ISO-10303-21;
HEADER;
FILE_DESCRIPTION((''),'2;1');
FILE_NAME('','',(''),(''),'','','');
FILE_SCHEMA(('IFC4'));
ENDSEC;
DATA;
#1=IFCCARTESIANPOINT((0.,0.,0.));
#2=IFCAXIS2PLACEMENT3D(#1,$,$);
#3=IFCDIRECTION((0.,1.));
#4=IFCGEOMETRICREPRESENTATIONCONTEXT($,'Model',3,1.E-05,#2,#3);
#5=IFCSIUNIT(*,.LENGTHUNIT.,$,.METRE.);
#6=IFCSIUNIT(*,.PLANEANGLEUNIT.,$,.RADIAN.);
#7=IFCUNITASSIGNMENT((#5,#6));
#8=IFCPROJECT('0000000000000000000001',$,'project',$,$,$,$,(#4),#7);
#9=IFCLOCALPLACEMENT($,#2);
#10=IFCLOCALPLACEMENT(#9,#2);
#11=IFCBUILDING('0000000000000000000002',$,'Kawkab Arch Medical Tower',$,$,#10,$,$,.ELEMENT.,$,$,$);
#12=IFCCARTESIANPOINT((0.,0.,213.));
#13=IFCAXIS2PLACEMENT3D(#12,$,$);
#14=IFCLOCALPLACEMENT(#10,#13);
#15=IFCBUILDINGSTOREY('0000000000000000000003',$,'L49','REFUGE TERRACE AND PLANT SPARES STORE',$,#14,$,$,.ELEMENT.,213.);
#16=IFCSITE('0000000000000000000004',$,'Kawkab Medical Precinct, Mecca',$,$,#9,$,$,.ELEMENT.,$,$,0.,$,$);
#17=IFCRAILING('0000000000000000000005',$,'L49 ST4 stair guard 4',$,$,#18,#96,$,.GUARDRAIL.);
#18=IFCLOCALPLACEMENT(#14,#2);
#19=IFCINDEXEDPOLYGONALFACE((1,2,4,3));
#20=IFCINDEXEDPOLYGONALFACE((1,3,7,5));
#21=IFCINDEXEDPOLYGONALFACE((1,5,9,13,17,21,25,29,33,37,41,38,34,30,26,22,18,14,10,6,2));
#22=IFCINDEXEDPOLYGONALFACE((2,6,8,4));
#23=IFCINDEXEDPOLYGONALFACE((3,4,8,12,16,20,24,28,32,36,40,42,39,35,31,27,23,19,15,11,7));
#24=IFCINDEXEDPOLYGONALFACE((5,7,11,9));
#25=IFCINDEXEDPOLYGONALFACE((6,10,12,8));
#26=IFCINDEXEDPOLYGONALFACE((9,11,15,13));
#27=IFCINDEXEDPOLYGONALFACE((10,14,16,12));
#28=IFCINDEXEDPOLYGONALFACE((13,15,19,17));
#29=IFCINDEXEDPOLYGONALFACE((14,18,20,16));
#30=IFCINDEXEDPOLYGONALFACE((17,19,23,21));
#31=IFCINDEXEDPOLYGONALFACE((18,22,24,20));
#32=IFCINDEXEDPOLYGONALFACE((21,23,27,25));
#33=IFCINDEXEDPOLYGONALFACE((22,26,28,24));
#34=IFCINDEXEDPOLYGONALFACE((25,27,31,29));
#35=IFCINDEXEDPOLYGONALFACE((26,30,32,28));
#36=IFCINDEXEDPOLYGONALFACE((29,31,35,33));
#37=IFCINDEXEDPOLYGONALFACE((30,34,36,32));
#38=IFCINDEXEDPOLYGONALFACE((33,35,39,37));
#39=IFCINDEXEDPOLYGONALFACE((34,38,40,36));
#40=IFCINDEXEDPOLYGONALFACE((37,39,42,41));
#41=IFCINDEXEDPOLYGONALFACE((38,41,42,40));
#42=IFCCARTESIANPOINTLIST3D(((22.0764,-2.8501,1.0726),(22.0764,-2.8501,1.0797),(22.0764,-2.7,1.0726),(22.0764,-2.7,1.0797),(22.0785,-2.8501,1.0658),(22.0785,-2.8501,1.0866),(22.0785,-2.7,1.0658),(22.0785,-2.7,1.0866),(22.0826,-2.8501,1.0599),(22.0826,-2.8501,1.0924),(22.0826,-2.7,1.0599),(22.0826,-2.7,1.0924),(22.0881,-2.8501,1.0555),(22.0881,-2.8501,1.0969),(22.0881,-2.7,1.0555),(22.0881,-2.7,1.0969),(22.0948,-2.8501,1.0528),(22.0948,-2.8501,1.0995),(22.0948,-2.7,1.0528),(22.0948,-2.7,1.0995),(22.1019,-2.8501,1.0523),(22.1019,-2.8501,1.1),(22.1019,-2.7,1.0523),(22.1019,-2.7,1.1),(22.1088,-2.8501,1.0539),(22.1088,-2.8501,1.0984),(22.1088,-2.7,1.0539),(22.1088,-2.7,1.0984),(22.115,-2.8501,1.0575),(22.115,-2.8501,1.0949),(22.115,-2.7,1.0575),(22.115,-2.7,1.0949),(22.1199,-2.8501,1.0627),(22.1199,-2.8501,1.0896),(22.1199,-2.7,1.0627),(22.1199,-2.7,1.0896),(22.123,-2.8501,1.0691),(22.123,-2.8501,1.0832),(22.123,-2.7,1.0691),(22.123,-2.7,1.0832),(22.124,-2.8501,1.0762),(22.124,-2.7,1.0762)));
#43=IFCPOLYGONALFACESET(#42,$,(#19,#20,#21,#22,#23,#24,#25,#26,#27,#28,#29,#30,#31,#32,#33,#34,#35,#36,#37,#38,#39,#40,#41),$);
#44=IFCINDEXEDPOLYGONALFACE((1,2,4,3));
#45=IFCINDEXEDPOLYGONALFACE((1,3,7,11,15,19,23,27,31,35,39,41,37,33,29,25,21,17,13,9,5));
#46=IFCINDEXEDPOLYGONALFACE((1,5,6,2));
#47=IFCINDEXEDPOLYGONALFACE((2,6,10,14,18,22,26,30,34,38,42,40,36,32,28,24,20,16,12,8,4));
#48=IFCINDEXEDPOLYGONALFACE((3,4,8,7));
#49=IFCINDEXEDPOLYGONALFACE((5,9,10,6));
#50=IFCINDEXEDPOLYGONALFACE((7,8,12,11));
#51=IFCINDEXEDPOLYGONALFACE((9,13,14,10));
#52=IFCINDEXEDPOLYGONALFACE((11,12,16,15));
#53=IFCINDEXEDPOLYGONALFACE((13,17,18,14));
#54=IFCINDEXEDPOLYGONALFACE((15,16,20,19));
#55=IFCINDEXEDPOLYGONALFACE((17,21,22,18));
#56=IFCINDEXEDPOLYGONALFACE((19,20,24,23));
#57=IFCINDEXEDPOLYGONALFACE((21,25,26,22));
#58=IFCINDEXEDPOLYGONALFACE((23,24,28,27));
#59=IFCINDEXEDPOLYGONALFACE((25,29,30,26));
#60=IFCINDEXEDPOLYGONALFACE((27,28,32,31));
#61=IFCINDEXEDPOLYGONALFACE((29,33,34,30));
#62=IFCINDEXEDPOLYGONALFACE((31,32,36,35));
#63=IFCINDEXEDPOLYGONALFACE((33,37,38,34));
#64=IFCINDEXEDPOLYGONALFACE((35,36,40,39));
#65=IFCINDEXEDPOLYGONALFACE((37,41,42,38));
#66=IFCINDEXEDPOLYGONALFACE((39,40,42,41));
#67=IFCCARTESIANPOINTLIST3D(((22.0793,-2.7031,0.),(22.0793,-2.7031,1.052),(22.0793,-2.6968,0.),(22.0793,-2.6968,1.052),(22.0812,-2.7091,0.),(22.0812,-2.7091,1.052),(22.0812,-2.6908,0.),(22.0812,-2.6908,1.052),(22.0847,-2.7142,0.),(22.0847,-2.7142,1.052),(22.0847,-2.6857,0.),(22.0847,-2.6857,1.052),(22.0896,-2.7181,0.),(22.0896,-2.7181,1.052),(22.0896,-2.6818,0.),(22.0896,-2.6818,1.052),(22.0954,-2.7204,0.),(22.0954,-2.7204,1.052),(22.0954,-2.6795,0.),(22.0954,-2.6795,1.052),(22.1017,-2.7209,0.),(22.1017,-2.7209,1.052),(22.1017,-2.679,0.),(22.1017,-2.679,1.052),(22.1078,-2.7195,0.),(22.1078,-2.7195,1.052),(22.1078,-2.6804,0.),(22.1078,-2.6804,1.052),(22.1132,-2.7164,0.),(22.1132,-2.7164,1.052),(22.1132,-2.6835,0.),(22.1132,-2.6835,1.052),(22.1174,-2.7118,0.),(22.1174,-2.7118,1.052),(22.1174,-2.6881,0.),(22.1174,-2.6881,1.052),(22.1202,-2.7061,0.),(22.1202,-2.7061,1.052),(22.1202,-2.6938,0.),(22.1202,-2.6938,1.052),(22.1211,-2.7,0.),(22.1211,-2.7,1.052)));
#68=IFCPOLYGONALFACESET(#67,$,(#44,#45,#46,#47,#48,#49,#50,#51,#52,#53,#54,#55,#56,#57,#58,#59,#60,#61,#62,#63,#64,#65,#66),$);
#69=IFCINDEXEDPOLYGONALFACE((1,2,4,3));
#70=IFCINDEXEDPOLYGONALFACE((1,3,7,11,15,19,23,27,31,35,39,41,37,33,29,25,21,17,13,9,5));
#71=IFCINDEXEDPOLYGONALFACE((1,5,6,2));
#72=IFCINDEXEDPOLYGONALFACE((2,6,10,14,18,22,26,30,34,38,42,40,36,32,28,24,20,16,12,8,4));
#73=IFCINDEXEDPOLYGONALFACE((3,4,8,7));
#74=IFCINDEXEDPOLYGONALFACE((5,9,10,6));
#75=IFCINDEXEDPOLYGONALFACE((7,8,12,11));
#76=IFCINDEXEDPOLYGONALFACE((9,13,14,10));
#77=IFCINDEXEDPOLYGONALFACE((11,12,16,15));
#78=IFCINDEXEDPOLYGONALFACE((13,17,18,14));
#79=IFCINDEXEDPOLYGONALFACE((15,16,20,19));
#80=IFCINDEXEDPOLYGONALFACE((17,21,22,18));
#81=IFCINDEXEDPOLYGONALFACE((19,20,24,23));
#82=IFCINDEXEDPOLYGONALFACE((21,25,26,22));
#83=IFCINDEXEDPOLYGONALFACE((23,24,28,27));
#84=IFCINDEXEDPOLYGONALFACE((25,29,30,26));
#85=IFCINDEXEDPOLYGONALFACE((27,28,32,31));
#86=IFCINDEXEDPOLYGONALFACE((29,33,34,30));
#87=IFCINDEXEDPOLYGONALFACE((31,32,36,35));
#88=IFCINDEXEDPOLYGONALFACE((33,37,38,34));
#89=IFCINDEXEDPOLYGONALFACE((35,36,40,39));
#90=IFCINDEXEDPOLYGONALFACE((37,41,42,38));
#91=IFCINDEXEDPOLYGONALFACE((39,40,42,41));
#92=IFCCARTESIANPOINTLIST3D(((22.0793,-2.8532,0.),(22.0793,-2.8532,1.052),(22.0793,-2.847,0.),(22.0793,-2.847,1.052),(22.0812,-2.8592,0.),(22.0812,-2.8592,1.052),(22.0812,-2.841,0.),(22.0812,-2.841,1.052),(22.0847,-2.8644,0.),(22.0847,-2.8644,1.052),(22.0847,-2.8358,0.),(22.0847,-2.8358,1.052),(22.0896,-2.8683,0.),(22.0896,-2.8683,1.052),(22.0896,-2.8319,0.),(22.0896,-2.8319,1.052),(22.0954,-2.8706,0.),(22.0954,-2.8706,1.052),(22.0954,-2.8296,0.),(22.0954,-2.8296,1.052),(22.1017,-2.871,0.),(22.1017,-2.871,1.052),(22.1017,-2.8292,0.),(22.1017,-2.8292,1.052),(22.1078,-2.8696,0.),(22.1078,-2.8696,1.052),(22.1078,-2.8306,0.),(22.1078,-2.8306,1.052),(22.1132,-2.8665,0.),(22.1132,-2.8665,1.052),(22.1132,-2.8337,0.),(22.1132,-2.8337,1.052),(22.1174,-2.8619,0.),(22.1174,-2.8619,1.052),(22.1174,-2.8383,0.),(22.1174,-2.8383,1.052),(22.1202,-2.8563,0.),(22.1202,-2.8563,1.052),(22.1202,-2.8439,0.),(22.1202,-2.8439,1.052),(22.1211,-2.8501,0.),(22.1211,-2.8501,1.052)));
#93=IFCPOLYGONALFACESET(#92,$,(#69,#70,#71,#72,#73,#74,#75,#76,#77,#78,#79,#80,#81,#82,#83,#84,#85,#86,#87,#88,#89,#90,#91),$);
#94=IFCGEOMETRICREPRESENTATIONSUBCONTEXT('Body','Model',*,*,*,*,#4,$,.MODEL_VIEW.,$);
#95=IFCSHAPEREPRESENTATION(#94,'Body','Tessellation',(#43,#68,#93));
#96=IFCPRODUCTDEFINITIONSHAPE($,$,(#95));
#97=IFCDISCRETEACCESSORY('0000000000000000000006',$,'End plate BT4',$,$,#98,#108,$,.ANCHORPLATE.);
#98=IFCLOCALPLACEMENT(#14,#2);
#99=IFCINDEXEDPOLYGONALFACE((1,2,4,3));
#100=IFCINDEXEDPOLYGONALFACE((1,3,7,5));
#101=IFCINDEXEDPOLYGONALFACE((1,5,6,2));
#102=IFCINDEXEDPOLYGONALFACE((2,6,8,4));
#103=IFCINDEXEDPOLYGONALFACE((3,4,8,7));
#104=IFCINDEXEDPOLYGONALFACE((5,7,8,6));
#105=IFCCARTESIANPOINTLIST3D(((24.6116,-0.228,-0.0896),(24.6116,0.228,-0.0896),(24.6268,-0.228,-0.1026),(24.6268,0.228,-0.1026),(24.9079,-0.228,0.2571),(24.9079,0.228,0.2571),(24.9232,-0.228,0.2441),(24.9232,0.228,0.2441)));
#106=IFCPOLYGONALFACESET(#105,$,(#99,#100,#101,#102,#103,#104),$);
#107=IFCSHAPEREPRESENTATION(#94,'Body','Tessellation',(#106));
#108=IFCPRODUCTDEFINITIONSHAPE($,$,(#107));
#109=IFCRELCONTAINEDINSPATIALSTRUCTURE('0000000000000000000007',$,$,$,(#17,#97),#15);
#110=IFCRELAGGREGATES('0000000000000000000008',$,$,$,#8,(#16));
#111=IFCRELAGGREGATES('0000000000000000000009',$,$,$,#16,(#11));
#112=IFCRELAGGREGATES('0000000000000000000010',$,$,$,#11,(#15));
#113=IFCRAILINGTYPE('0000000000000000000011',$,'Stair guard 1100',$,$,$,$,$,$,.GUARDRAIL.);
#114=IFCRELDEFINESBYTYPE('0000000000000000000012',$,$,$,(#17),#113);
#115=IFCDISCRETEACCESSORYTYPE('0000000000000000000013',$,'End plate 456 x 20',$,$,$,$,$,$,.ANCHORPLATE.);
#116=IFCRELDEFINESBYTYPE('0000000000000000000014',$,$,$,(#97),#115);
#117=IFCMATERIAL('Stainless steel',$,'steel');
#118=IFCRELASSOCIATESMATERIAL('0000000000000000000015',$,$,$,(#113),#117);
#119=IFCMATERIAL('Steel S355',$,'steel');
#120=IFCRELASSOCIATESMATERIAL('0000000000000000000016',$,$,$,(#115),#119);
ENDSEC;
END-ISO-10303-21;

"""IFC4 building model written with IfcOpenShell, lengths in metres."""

from ifc_helpers import new_model, si_unit, direction, frame, origin, origin_2d, place, context, subcontext, project, spatial, rectangle, circle, extrude, material, material_profile, profile_set, type_object, element, save


model = new_model("IFC4")

# Units and contexts
model_context = context("Model", 3, precision=1e-05, world=origin(), true_north=direction((0.0, 1.0)))
body_context = subcontext(model_context, "Body", "Model", "MODEL_VIEW")
ifc_project = project(units=[si_unit("LENGTHUNIT", "METRE"), si_unit("PLANEANGLEUNIT", "RADIAN")], contexts=[model_context])

# Site, building, storey
site_placement = place(None, origin())
site = spatial("IfcSite", under=ifc_project, at=site_placement, Name="Kawkab Medical Precinct, Mecca", CompositionType="ELEMENT", RefElevation=0.0)
building_placement = place(site_placement, origin())
building = spatial("IfcBuilding", under=site, at=building_placement, Name="Kawkab Arch Medical Tower", CompositionType="ELEMENT")
storey_placement = place(building_placement, frame((0.0, 0.0, 213.0)))
storey = spatial("IfcBuildingStorey", under=building, at=storey_placement, Name="L49", Description="REFUGE TERRACE AND PLANT SPARES STORE", CompositionType="ELEMENT", Elevation=213.0)

# Railing
ifc_material_1 = material(Name="Stainless steel", Category="steel")
railing_type_1 = type_object("IfcRailingType", Name="Stair guard 1100", PredefinedType="GUARDRAIL", material=ifc_material_1)
railing_1_placement = place(storey_placement, frame((22.1001, -2.7, 0.0)))
element("IfcRailing", 1, at=railing_1_placement, inside=storey, type_object=railing_type_1, Name="L49 ST4 stair guard 4", PredefinedType="GUARDRAIL", context=body_context, shape_type="SweptSolid", body=[
    extrude(circle(Radius=0.0239, at=origin_2d()), frame((0.0, 0.0, 1.0762), z_axis=(0.0, -1.0, 0.0), x_axis=(1.0, 0.0, 0.0)), (0.0, 0.0, 1.0), 0.1501),
    extrude(circle(Radius=0.021, at=origin_2d()), origin(), (0.0, 0.0, 1.0), 1.052),
    extrude(circle(Radius=0.021, at=origin_2d()), frame((0.0, -0.1501, 0.0)), (0.0, 0.0, 1.0), 1.052),
])

# Discrete accessory
ifc_material_2 = material(Name="Steel S355", Category="steel")
ifc_material_profile_1 = material_profile(ifc_material_2, rectangle(XDim=0.4561, YDim=0.4561, at=origin_2d()), Name="End plate 456 x 20")
ifc_profile_set_1 = profile_set([ifc_material_profile_1], Name="Steel S355")
discrete_accessory_type = type_object("IfcDiscreteAccessoryType", Name="End plate 456 x 20", PredefinedType="ANCHORPLATE", material=ifc_profile_set_1)
discrete_accessory_placement = place(storey_placement, frame((24.7598, 0.0, 0.0837), z_axis=(0.760121, 0.0, -0.649781), x_axis=(0.0, 1.0, 0.0)))
element("IfcDiscreteAccessory", 2, at=discrete_accessory_placement, inside=storey, type_object=discrete_accessory_type, Name="End plate BT4", PredefinedType="ANCHORPLATE", context=body_context, shape_type="SweptSolid", body=[
    extrude(rectangle(XDim=0.4561, YDim=0.4561, at=origin_2d()), origin(), (0.0, 0.0, 1.0), 0.02),
])

save(model, "model.ifc")
